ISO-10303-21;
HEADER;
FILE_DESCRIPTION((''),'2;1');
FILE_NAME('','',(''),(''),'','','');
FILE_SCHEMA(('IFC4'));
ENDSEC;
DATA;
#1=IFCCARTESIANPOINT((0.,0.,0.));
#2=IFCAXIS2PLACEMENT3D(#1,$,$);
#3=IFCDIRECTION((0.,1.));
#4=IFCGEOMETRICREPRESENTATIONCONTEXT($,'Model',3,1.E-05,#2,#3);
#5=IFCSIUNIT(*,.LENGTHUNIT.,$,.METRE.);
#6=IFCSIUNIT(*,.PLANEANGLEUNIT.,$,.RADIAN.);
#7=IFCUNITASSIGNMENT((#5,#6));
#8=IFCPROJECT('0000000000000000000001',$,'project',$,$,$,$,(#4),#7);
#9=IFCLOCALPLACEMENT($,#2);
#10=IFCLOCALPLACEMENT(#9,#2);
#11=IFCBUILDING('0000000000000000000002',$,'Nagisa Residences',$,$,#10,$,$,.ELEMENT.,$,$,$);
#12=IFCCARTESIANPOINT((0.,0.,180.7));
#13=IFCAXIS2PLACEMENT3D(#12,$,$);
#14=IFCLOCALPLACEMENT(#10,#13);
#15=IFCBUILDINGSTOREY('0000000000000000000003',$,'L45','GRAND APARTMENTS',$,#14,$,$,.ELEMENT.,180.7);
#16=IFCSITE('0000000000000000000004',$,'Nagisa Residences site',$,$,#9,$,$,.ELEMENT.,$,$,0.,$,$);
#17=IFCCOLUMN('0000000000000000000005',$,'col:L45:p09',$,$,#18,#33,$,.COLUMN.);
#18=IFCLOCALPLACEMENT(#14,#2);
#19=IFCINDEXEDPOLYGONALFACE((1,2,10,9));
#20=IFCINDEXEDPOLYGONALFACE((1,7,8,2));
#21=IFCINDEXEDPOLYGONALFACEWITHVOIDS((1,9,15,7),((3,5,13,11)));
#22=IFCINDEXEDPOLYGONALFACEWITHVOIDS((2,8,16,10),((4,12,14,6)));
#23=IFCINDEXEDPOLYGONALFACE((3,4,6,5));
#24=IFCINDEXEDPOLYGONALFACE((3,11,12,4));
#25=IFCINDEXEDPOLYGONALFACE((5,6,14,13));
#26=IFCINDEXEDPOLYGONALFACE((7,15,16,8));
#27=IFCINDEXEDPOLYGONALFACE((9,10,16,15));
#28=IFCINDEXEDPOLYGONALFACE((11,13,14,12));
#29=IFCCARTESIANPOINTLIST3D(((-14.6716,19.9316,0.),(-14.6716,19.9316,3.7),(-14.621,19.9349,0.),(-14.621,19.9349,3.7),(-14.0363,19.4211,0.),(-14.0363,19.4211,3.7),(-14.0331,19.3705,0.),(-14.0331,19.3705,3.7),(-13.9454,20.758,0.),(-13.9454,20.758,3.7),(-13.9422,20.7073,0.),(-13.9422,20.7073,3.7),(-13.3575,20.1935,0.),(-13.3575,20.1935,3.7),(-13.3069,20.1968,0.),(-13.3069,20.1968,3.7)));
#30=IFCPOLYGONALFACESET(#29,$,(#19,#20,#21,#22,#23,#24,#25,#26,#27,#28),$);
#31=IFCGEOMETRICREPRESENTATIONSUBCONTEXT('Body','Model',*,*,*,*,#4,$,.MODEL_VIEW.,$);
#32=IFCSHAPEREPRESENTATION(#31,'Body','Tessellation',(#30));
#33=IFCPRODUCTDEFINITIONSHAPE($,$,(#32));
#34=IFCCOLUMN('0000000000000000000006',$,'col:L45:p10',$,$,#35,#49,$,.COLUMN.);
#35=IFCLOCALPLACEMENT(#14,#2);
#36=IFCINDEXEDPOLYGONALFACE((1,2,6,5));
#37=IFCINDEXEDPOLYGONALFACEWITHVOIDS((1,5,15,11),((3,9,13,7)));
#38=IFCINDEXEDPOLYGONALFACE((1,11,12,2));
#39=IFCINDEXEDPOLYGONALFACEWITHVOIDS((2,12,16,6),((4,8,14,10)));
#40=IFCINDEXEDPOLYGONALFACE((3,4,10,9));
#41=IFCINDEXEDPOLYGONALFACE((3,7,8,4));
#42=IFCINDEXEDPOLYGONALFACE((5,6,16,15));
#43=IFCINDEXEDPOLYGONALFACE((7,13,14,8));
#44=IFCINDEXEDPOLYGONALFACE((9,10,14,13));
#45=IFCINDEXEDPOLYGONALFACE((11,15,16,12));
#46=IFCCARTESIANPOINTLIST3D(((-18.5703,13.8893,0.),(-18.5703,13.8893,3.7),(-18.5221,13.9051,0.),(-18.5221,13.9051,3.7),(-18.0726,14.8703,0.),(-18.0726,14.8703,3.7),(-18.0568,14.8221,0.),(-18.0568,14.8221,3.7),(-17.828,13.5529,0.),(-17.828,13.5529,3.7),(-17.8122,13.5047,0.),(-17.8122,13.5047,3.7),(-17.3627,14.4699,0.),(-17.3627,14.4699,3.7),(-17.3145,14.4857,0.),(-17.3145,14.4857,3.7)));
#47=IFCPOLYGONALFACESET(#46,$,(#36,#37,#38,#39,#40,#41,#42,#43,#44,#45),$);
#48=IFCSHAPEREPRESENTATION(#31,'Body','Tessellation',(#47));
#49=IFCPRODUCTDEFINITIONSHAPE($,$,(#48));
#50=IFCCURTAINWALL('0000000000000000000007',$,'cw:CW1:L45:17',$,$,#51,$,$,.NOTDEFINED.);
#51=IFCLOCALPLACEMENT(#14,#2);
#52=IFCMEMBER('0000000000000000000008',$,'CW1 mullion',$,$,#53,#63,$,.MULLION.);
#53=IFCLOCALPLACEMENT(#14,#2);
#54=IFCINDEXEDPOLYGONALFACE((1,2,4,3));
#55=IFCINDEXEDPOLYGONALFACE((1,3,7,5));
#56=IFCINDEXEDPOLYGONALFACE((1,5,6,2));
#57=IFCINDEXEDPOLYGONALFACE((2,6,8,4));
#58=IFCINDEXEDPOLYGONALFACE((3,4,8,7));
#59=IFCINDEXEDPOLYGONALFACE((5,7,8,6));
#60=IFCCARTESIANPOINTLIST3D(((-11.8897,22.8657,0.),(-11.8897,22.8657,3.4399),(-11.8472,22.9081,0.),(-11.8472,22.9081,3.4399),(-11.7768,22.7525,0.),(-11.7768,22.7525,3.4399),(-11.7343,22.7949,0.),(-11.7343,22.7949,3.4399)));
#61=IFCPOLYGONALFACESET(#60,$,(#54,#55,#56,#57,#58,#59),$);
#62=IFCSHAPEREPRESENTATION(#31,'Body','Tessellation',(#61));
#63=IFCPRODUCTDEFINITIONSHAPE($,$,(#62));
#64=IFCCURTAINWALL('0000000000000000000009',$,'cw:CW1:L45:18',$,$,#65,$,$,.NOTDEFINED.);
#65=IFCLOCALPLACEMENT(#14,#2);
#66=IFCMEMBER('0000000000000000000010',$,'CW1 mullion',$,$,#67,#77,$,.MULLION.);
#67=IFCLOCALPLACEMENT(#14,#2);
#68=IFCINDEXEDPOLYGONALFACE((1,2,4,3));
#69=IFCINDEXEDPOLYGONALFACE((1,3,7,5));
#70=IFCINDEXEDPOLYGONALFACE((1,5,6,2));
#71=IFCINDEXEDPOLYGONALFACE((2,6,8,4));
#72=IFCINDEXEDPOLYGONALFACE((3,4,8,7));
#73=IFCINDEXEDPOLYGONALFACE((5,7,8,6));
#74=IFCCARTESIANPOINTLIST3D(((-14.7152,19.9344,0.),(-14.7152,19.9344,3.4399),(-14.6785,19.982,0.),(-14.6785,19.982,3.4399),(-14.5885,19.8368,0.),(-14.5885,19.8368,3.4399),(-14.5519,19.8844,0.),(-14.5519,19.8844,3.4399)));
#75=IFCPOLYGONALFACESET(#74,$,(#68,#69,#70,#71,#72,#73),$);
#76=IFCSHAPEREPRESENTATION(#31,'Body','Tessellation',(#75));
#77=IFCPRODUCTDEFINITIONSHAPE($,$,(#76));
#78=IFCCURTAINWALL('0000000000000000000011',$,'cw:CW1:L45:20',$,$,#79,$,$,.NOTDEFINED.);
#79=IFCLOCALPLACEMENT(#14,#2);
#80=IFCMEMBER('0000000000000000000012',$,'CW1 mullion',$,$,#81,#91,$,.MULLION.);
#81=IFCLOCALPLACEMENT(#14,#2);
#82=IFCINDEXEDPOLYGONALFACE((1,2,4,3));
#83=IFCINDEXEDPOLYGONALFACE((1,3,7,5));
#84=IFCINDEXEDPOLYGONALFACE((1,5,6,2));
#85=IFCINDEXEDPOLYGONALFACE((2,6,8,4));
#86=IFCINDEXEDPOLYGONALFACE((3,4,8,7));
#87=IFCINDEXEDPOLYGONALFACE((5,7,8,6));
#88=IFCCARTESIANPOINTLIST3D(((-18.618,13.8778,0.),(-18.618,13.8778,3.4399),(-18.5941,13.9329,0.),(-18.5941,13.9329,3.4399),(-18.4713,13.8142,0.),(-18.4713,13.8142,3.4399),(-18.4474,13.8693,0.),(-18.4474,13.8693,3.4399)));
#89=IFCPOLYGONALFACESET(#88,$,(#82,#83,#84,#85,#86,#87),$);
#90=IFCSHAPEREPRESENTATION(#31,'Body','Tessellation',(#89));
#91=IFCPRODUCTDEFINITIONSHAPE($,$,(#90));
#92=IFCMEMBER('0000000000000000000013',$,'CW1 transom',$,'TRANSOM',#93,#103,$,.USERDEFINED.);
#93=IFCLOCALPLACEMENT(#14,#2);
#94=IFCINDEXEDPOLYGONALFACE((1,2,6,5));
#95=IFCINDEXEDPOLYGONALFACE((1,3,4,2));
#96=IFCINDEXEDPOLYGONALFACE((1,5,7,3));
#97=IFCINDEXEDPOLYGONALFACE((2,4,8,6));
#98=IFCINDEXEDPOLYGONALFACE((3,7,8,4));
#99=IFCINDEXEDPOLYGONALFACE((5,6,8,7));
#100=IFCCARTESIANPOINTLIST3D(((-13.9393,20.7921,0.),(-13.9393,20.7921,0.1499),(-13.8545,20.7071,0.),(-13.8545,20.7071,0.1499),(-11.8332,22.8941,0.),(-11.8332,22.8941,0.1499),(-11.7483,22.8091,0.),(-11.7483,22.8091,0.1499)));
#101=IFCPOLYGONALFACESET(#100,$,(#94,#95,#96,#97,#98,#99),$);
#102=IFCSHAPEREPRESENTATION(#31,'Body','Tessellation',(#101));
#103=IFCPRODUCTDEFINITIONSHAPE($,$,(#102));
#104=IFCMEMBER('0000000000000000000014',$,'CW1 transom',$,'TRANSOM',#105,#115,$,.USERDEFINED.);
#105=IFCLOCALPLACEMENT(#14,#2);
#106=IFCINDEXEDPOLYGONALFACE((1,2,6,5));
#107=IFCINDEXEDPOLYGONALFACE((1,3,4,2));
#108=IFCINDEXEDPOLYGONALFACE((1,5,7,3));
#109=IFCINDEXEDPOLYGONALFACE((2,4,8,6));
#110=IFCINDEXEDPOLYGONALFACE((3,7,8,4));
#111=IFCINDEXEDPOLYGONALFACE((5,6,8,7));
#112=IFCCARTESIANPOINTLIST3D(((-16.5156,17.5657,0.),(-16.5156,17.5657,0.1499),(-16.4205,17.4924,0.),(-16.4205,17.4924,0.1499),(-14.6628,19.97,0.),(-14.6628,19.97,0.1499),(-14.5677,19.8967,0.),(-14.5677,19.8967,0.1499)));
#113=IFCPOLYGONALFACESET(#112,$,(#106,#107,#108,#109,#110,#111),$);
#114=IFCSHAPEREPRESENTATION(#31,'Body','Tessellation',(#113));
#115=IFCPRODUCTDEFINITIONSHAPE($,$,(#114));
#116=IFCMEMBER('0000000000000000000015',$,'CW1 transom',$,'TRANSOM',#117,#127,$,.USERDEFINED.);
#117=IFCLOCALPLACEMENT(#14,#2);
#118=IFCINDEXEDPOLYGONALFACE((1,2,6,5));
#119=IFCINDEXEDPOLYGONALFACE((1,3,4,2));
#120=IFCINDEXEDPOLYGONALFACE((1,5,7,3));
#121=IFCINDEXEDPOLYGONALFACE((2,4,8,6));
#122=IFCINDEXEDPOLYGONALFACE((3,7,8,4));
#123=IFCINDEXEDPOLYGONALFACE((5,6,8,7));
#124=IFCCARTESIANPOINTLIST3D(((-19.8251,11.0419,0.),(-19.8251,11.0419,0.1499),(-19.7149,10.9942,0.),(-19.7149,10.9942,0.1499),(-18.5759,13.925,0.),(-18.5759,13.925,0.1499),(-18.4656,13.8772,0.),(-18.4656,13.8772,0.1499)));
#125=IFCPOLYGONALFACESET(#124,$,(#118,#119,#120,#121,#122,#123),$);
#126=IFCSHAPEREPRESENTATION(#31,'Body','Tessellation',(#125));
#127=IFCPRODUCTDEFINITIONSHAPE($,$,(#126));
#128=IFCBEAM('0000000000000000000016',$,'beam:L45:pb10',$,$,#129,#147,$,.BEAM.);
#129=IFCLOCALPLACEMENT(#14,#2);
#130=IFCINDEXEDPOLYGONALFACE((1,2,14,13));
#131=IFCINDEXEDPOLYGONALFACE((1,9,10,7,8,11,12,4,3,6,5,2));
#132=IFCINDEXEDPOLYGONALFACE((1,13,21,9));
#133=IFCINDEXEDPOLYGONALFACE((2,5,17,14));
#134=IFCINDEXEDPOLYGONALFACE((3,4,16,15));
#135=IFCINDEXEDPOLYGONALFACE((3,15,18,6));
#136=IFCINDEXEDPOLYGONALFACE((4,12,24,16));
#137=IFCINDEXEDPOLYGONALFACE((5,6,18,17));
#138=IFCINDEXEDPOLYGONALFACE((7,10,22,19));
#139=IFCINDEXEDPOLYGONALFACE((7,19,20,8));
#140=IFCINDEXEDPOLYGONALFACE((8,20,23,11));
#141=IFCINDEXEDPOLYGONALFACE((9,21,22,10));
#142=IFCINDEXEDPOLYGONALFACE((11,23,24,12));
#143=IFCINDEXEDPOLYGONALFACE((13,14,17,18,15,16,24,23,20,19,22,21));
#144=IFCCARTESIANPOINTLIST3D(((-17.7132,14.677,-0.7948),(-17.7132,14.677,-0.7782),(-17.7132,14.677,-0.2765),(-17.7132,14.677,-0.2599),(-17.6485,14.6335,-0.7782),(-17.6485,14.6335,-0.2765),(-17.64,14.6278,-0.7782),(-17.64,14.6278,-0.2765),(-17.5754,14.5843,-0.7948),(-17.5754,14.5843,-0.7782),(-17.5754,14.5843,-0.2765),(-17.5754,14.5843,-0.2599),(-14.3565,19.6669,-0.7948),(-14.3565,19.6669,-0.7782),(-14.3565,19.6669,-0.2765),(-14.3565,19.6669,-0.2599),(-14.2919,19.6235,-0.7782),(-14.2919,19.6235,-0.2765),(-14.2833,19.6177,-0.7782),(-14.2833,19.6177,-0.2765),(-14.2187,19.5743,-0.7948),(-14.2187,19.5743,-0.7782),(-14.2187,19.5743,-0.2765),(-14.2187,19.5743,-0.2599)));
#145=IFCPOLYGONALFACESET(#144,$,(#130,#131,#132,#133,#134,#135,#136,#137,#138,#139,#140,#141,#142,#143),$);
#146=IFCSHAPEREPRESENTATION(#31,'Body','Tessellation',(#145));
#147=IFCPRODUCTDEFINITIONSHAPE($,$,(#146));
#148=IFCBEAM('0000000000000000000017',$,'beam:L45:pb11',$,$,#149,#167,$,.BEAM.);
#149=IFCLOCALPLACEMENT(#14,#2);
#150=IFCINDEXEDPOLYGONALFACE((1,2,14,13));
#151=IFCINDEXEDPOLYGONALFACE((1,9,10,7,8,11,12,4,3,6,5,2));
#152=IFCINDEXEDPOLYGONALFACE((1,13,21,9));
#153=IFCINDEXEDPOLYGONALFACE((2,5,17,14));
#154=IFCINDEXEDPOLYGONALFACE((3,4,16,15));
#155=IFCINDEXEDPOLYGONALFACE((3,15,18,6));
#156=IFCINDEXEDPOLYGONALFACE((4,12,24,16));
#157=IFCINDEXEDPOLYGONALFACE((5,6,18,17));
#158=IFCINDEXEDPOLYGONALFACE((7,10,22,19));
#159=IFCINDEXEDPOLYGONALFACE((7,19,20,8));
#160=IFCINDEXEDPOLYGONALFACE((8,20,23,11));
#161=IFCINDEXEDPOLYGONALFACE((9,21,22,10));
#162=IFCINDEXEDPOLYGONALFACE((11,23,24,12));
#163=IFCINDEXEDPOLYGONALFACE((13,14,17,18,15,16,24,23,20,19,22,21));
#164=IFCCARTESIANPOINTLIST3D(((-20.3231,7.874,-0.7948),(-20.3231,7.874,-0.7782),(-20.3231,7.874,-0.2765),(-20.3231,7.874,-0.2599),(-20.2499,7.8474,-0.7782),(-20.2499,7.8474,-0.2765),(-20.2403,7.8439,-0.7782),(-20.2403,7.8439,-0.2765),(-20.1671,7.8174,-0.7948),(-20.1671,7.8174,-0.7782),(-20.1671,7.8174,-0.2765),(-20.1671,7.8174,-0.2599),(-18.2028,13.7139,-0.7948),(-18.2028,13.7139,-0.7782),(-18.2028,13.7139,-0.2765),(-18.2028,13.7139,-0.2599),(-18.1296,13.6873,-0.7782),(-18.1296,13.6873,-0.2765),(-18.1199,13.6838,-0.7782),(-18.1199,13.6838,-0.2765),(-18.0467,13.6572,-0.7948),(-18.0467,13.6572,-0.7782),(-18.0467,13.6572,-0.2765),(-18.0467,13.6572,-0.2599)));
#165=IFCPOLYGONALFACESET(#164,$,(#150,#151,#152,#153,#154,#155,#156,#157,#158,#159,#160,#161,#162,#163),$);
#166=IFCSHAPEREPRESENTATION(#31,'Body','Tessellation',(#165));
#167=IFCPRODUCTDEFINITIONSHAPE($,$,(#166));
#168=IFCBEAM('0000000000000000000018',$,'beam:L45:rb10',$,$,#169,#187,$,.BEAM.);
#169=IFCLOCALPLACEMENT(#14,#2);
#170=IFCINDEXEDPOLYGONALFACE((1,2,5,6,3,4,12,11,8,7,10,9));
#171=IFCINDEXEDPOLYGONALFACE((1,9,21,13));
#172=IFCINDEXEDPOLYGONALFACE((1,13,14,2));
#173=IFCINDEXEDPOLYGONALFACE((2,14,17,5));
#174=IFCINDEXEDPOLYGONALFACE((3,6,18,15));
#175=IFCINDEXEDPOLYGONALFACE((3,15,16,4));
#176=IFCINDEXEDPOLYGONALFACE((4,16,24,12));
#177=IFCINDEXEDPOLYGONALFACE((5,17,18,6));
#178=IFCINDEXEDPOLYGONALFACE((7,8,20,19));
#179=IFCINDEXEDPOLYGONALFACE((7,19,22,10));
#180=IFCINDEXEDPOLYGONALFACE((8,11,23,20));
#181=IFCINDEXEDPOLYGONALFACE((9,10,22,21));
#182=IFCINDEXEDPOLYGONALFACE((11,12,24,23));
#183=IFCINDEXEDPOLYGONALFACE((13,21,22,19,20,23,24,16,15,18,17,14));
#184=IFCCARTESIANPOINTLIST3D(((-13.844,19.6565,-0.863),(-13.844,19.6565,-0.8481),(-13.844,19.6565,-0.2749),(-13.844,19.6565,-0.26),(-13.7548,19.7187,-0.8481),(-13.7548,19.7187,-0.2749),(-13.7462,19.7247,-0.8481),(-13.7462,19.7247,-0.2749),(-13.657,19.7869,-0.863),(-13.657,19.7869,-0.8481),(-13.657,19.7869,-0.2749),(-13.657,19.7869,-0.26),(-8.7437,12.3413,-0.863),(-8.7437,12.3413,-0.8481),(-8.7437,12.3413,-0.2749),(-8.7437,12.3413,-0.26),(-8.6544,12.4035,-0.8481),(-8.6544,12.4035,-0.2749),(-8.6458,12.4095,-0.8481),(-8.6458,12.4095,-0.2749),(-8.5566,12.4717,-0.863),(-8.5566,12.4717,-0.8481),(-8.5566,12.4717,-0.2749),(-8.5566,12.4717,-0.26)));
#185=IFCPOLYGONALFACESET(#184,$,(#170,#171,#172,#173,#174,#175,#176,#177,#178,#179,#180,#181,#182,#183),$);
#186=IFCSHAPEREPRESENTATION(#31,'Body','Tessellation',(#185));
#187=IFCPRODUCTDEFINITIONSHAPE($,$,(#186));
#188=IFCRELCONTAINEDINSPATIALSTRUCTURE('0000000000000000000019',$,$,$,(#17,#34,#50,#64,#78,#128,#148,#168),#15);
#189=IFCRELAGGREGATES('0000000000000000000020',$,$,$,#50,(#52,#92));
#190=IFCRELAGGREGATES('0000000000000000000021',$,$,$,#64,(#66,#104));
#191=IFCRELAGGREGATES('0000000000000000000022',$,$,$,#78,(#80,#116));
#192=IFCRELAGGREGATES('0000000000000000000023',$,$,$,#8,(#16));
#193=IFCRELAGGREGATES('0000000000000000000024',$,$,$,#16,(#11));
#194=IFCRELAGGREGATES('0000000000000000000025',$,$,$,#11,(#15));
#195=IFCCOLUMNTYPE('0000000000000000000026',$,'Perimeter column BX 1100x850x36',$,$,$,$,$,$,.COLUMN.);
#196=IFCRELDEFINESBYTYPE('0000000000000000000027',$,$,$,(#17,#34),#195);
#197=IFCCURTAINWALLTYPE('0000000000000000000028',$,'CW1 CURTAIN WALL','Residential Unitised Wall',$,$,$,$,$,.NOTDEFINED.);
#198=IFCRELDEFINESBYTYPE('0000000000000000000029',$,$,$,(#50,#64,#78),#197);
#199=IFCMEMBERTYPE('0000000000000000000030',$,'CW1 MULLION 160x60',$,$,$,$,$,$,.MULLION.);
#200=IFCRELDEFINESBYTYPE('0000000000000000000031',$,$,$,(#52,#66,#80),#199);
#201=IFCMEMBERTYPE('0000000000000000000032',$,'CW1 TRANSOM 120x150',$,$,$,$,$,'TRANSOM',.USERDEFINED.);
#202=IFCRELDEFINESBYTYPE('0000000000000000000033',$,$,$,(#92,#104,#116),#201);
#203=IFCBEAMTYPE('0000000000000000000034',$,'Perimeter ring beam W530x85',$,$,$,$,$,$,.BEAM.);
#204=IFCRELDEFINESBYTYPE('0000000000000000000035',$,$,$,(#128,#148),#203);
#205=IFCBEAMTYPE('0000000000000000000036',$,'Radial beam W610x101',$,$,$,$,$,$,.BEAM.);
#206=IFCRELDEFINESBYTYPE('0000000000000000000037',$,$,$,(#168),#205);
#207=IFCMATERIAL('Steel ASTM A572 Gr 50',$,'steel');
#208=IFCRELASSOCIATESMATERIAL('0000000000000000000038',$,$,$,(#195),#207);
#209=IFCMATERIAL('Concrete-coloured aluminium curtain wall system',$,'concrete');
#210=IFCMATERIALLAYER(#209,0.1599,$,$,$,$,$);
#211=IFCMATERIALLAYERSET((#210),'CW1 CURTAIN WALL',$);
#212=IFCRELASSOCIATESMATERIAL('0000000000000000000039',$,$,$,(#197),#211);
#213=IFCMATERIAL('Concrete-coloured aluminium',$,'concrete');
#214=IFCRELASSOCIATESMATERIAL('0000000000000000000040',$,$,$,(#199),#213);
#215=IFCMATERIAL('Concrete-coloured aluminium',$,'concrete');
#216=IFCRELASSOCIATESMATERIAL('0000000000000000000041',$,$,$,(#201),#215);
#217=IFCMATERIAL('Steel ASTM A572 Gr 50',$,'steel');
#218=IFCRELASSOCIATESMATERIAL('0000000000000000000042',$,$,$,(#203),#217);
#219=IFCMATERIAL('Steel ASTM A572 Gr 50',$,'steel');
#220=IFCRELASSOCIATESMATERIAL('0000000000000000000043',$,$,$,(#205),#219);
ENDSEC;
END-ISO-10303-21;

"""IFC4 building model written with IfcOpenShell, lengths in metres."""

from ifc_helpers import new_model, si_unit, direction, frame, origin, origin_2d, place, context, subcontext, project, spatial, rectangle, hollow_rectangle, i_section, extrude, material, layer, layer_set, material_profile, profile_set, type_object, element, aggregate, save


model = new_model("IFC4")

# Units and contexts
model_context = context("Model", 3, precision=1e-05, world=origin(), true_north=direction((0.0, 1.0)))
body_context = subcontext(model_context, "Body", "Model", "MODEL_VIEW")
ifc_project = project(units=[si_unit("LENGTHUNIT", "METRE"), si_unit("PLANEANGLEUNIT", "RADIAN")], contexts=[model_context])

# Site, building, storey
site_placement = place(None, origin())
site = spatial("IfcSite", under=ifc_project, at=site_placement, Name="Nagisa Residences site", CompositionType="ELEMENT", RefElevation=0.0)
building_placement = place(site_placement, origin())
building = spatial("IfcBuilding", under=site, at=building_placement, Name="Nagisa Residences", CompositionType="ELEMENT")
storey_placement = place(building_placement, frame((0.0, 0.0, 180.7)))
storey = spatial("IfcBuildingStorey", under=building, at=storey_placement, Name="L45", Description="GRAND APARTMENTS", CompositionType="ELEMENT", Elevation=180.7)

# Columns
ifc_material_1 = material(Name="Steel ASTM A572 Gr 50", Category="steel")
ifc_material_profile_1 = material_profile(ifc_material_1, hollow_rectangle(XDim=1.1001, YDim=0.8501, WallThickness=0.0359, at=origin_2d()), Name="BX 1100x850x36")
ifc_profile_set_1 = profile_set([ifc_material_profile_1], Name="Steel ASTM A572 Gr 50")
column_type = type_object("IfcColumnType", Name="Perimeter column BX 1100x850x36", PredefinedType="COLUMN", material=ifc_profile_set_1)
for number, where, z_axis, x_axis, name in (
    (1, (-13.9893, 20.0642, 0.0), (0.0, 0.0, 1.0), (-0.660115, -0.751165, 0.0), "col:L45:p09"),
    (2, (-17.9424, 14.1875, 0.0), (0.0, 0.0, 1.0), (-0.452463, -0.891783, 0.0), "col:L45:p10"),
):
    element("IfcColumn", number, at=place(storey_placement, frame(where, z_axis=z_axis, x_axis=x_axis)), inside=storey, type_object=column_type, Name=name, PredefinedType="COLUMN", context=body_context, shape_type="SweptSolid", body=[
        extrude(hollow_rectangle(XDim=1.1001, YDim=0.8501, WallThickness=0.0359, at=origin_2d()), origin(), (0.0, 0.0, 1.0), 3.7),
    ])

# Curtain walls, members
ifc_material_2 = material(Name="Concrete-coloured aluminium curtain wall system", Category="concrete")
ifc_layer_1 = layer(ifc_material_2, 0.1599)
ifc_layer_set_1 = layer_set([ifc_layer_1], Name="CW1 CURTAIN WALL")
curtain_wall_type = type_object("IfcCurtainWallType", Name="CW1 CURTAIN WALL", Description="Residential Unitised Wall", PredefinedType="NOTDEFINED", material=ifc_layer_set_1)
curtain_wall_1_placement = place(storey_placement, origin())
curtain_wall_1 = element("IfcCurtainWall", 3, at=curtain_wall_1_placement, inside=storey, type_object=curtain_wall_type, Name="cw:CW1:L45:17", PredefinedType="NOTDEFINED")
ifc_material_3 = material(Name="Concrete-coloured aluminium", Category="concrete")
ifc_material_profile_2 = material_profile(ifc_material_3, rectangle(XDim=0.1599, YDim=0.0601, at=origin_2d()), Name="CW1 MULLION 160x60")
ifc_profile_set_2 = profile_set([ifc_material_profile_2], Name="Concrete-coloured aluminium")
member_type_1 = type_object("IfcMemberType", Name="CW1 MULLION 160x60", PredefinedType="MULLION", material=ifc_profile_set_2)
member_1_placement = place(storey_placement, frame((-11.812, 22.8303, 0.0), z_axis=(0.0, 0.0, 1.0), x_axis=(0.706377, -0.707836, 0.0)))
member_1 = element("IfcMember", 4, at=member_1_placement, type_object=member_type_1, Name="CW1 mullion", PredefinedType="MULLION", context=body_context, shape_type="SweptSolid", body=[
    extrude(rectangle(XDim=0.1599, YDim=0.0601, at=origin_2d()), origin(), (0.0, 0.0, 1.0), 3.4399),
])
curtain_wall_2_placement = place(storey_placement, origin())
curtain_wall_2 = element("IfcCurtainWall", 5, at=curtain_wall_2_placement, inside=storey, type_object=curtain_wall_type, Name="cw:CW1:L45:18", PredefinedType="NOTDEFINED")
member_2_placement = place(storey_placement, frame((-14.6335, 19.9094, 0.0), z_axis=(0.0, 0.0, 1.0), x_axis=(0.79207, -0.61043, 0.0)))
member_2 = element("IfcMember", 6, at=member_2_placement, type_object=member_type_1, Name="CW1 mullion", PredefinedType="MULLION", context=body_context, shape_type="SweptSolid", body=[
    extrude(rectangle(XDim=0.1599, YDim=0.0601, at=origin_2d()), origin(), (0.0, 0.0, 1.0), 3.4399),
])
curtain_wall_3_placement = place(storey_placement, origin())
curtain_wall_3 = element("IfcCurtainWall", 7, at=curtain_wall_3_placement, inside=storey, type_object=curtain_wall_type, Name="cw:CW1:L45:20", PredefinedType="NOTDEFINED")
member_3_placement = place(storey_placement, frame((-18.5327, 13.8735, 0.0), z_axis=(0.0, 0.0, 1.0), x_axis=(0.917543, -0.397636, 0.0)))
member_3 = element("IfcMember", 8, at=member_3_placement, type_object=member_type_1, Name="CW1 mullion", PredefinedType="MULLION", context=body_context, shape_type="SweptSolid", body=[
    extrude(rectangle(XDim=0.1599, YDim=0.0601, at=origin_2d()), origin(), (0.0, 0.0, 1.0), 3.4399),
])

# Members
ifc_material_4 = material(Name="Concrete-coloured aluminium", Category="concrete")
ifc_material_profile_3 = material_profile(ifc_material_4, rectangle(XDim=0.1201, YDim=0.1499, at=origin_2d()), Name="CW1 TRANSOM 120x150")
ifc_profile_set_3 = profile_set([ifc_material_profile_3], Name="Concrete-coloured aluminium")
member_type_2 = type_object("IfcMemberType", Name="CW1 TRANSOM 120x150", ElementType="TRANSOM", PredefinedType="USERDEFINED", material=ifc_profile_set_3)
member_4_placement = place(storey_placement, frame((-11.7908, 22.8516, 0.075), z_axis=(-0.707804, -0.706409, 0.0), x_axis=(0.706409, -0.707804, 0.0)))
member_4 = element("IfcMember", 9, at=member_4_placement, type_object=member_type_2, Name="CW1 transom", ObjectType="TRANSOM", PredefinedType="USERDEFINED", context=body_context, shape_type="SweptSolid", body=[
    extrude(rectangle(XDim=0.1201, YDim=0.1499, at=origin_2d()), origin(), (0.0, 0.0, 1.0), 2.9756),
])
member_5_placement = place(storey_placement, frame((-14.6152, 19.9333, 0.075), z_axis=(-0.610399, -0.792094, 0.0), x_axis=(0.792094, -0.610399, 0.0)))
member_5 = element("IfcMember", 10, at=member_5_placement, type_object=member_type_2, Name="CW1 transom", ObjectType="TRANSOM", PredefinedType="USERDEFINED", context=body_context, shape_type="SweptSolid", body=[
    extrude(rectangle(XDim=0.1201, YDim=0.1499, at=origin_2d()), origin(), (0.0, 0.0, 1.0), 3.0354),
])
member_6_placement = place(storey_placement, frame((-18.5208, 13.9011, 0.075), z_axis=(-0.397592, -0.917562, 0.0), x_axis=(0.917562, -0.397592, 0.0)))
member_6 = element("IfcMember", 11, at=member_6_placement, type_object=member_type_2, Name="CW1 transom", ObjectType="TRANSOM", PredefinedType="USERDEFINED", context=body_context, shape_type="SweptSolid", body=[
    extrude(rectangle(XDim=0.1201, YDim=0.1499, at=origin_2d()), origin(), (0.0, 0.0, 1.0), 3.1421),
])

# Beams
ifc_material_5 = material(Name="Steel ASTM A572 Gr 50", Category="steel")
ifc_material_profile_4 = material_profile(ifc_material_5, i_section(OverallWidth=0.166, OverallDepth=0.5349, WebThickness=0.0103, FlangeThickness=0.0166, at=origin_2d()), Name="W530x85")
ifc_profile_set_4 = profile_set([ifc_material_profile_4], Name="Steel ASTM A572 Gr 50")
beam_type_1 = type_object("IfcBeamType", Name="Perimeter ring beam W530x85", PredefinedType="BEAM", material=ifc_profile_set_4)
beam_1_placement = place(storey_placement, frame((-14.2876, 19.6206, -0.5273), z_axis=(-0.558152, -0.829739, 0.0), x_axis=(0.829739, -0.558152, 0.0)))
element("IfcBeam", 12, at=beam_1_placement, inside=storey, type_object=beam_type_1, Name="beam:L45:pb10", PredefinedType="BEAM", context=body_context, shape_type="SweptSolid", body=[
    extrude(i_section(OverallWidth=0.166, OverallDepth=0.5349, WebThickness=0.0103, FlangeThickness=0.0166, at=origin_2d()), origin(), (0.0, 0.0, 1.0), 6.0139),
])
beam_2_placement = place(storey_placement, frame((-18.1248, 13.6855, -0.5273), z_axis=(-0.341286, -0.93996, 0.0), x_axis=(0.93996, -0.341286, 0.0)))
element("IfcBeam", 13, at=beam_2_placement, inside=storey, type_object=beam_type_1, Name="beam:L45:pb11", PredefinedType="BEAM", context=body_context, shape_type="SweptSolid", body=[
    extrude(i_section(OverallWidth=0.166, OverallDepth=0.5349, WebThickness=0.0103, FlangeThickness=0.0166, at=origin_2d()), origin(), (0.0, 0.0, 1.0), 6.2129),
])
ifc_material_6 = material(Name="Steel ASTM A572 Gr 50", Category="steel")
ifc_material_profile_5 = material_profile(ifc_material_6, i_section(OverallWidth=0.228, OverallDepth=0.603, WebThickness=0.0105, FlangeThickness=0.0149, at=origin_2d()), Name="W610x101")
ifc_profile_set_5 = profile_set([ifc_material_profile_5], Name="Steel ASTM A572 Gr 50")
beam_type_2 = type_object("IfcBeamType", Name="Radial beam W610x101", PredefinedType="BEAM", material=ifc_profile_set_5)
beam_3_placement = place(storey_placement, frame((-13.7505, 19.7217, -0.5615), z_axis=(0.571934, -0.820299, 0.0), x_axis=(0.820299, 0.571934, 0.0)))
element("IfcBeam", 14, at=beam_3_placement, inside=storey, type_object=beam_type_2, Name="beam:L45:rb10", PredefinedType="BEAM", context=body_context, shape_type="SweptSolid", body=[
    extrude(i_section(OverallWidth=0.228, OverallDepth=0.603, WebThickness=0.0105, FlangeThickness=0.0149, at=origin_2d()), origin(), (0.0, 0.0, 1.0), 8.9177),
])

aggregate(curtain_wall_1, [member_1, member_4])
aggregate(curtain_wall_2, [member_2, member_5])
aggregate(curtain_wall_3, [member_3, member_6])

save(model, "model.ifc")
